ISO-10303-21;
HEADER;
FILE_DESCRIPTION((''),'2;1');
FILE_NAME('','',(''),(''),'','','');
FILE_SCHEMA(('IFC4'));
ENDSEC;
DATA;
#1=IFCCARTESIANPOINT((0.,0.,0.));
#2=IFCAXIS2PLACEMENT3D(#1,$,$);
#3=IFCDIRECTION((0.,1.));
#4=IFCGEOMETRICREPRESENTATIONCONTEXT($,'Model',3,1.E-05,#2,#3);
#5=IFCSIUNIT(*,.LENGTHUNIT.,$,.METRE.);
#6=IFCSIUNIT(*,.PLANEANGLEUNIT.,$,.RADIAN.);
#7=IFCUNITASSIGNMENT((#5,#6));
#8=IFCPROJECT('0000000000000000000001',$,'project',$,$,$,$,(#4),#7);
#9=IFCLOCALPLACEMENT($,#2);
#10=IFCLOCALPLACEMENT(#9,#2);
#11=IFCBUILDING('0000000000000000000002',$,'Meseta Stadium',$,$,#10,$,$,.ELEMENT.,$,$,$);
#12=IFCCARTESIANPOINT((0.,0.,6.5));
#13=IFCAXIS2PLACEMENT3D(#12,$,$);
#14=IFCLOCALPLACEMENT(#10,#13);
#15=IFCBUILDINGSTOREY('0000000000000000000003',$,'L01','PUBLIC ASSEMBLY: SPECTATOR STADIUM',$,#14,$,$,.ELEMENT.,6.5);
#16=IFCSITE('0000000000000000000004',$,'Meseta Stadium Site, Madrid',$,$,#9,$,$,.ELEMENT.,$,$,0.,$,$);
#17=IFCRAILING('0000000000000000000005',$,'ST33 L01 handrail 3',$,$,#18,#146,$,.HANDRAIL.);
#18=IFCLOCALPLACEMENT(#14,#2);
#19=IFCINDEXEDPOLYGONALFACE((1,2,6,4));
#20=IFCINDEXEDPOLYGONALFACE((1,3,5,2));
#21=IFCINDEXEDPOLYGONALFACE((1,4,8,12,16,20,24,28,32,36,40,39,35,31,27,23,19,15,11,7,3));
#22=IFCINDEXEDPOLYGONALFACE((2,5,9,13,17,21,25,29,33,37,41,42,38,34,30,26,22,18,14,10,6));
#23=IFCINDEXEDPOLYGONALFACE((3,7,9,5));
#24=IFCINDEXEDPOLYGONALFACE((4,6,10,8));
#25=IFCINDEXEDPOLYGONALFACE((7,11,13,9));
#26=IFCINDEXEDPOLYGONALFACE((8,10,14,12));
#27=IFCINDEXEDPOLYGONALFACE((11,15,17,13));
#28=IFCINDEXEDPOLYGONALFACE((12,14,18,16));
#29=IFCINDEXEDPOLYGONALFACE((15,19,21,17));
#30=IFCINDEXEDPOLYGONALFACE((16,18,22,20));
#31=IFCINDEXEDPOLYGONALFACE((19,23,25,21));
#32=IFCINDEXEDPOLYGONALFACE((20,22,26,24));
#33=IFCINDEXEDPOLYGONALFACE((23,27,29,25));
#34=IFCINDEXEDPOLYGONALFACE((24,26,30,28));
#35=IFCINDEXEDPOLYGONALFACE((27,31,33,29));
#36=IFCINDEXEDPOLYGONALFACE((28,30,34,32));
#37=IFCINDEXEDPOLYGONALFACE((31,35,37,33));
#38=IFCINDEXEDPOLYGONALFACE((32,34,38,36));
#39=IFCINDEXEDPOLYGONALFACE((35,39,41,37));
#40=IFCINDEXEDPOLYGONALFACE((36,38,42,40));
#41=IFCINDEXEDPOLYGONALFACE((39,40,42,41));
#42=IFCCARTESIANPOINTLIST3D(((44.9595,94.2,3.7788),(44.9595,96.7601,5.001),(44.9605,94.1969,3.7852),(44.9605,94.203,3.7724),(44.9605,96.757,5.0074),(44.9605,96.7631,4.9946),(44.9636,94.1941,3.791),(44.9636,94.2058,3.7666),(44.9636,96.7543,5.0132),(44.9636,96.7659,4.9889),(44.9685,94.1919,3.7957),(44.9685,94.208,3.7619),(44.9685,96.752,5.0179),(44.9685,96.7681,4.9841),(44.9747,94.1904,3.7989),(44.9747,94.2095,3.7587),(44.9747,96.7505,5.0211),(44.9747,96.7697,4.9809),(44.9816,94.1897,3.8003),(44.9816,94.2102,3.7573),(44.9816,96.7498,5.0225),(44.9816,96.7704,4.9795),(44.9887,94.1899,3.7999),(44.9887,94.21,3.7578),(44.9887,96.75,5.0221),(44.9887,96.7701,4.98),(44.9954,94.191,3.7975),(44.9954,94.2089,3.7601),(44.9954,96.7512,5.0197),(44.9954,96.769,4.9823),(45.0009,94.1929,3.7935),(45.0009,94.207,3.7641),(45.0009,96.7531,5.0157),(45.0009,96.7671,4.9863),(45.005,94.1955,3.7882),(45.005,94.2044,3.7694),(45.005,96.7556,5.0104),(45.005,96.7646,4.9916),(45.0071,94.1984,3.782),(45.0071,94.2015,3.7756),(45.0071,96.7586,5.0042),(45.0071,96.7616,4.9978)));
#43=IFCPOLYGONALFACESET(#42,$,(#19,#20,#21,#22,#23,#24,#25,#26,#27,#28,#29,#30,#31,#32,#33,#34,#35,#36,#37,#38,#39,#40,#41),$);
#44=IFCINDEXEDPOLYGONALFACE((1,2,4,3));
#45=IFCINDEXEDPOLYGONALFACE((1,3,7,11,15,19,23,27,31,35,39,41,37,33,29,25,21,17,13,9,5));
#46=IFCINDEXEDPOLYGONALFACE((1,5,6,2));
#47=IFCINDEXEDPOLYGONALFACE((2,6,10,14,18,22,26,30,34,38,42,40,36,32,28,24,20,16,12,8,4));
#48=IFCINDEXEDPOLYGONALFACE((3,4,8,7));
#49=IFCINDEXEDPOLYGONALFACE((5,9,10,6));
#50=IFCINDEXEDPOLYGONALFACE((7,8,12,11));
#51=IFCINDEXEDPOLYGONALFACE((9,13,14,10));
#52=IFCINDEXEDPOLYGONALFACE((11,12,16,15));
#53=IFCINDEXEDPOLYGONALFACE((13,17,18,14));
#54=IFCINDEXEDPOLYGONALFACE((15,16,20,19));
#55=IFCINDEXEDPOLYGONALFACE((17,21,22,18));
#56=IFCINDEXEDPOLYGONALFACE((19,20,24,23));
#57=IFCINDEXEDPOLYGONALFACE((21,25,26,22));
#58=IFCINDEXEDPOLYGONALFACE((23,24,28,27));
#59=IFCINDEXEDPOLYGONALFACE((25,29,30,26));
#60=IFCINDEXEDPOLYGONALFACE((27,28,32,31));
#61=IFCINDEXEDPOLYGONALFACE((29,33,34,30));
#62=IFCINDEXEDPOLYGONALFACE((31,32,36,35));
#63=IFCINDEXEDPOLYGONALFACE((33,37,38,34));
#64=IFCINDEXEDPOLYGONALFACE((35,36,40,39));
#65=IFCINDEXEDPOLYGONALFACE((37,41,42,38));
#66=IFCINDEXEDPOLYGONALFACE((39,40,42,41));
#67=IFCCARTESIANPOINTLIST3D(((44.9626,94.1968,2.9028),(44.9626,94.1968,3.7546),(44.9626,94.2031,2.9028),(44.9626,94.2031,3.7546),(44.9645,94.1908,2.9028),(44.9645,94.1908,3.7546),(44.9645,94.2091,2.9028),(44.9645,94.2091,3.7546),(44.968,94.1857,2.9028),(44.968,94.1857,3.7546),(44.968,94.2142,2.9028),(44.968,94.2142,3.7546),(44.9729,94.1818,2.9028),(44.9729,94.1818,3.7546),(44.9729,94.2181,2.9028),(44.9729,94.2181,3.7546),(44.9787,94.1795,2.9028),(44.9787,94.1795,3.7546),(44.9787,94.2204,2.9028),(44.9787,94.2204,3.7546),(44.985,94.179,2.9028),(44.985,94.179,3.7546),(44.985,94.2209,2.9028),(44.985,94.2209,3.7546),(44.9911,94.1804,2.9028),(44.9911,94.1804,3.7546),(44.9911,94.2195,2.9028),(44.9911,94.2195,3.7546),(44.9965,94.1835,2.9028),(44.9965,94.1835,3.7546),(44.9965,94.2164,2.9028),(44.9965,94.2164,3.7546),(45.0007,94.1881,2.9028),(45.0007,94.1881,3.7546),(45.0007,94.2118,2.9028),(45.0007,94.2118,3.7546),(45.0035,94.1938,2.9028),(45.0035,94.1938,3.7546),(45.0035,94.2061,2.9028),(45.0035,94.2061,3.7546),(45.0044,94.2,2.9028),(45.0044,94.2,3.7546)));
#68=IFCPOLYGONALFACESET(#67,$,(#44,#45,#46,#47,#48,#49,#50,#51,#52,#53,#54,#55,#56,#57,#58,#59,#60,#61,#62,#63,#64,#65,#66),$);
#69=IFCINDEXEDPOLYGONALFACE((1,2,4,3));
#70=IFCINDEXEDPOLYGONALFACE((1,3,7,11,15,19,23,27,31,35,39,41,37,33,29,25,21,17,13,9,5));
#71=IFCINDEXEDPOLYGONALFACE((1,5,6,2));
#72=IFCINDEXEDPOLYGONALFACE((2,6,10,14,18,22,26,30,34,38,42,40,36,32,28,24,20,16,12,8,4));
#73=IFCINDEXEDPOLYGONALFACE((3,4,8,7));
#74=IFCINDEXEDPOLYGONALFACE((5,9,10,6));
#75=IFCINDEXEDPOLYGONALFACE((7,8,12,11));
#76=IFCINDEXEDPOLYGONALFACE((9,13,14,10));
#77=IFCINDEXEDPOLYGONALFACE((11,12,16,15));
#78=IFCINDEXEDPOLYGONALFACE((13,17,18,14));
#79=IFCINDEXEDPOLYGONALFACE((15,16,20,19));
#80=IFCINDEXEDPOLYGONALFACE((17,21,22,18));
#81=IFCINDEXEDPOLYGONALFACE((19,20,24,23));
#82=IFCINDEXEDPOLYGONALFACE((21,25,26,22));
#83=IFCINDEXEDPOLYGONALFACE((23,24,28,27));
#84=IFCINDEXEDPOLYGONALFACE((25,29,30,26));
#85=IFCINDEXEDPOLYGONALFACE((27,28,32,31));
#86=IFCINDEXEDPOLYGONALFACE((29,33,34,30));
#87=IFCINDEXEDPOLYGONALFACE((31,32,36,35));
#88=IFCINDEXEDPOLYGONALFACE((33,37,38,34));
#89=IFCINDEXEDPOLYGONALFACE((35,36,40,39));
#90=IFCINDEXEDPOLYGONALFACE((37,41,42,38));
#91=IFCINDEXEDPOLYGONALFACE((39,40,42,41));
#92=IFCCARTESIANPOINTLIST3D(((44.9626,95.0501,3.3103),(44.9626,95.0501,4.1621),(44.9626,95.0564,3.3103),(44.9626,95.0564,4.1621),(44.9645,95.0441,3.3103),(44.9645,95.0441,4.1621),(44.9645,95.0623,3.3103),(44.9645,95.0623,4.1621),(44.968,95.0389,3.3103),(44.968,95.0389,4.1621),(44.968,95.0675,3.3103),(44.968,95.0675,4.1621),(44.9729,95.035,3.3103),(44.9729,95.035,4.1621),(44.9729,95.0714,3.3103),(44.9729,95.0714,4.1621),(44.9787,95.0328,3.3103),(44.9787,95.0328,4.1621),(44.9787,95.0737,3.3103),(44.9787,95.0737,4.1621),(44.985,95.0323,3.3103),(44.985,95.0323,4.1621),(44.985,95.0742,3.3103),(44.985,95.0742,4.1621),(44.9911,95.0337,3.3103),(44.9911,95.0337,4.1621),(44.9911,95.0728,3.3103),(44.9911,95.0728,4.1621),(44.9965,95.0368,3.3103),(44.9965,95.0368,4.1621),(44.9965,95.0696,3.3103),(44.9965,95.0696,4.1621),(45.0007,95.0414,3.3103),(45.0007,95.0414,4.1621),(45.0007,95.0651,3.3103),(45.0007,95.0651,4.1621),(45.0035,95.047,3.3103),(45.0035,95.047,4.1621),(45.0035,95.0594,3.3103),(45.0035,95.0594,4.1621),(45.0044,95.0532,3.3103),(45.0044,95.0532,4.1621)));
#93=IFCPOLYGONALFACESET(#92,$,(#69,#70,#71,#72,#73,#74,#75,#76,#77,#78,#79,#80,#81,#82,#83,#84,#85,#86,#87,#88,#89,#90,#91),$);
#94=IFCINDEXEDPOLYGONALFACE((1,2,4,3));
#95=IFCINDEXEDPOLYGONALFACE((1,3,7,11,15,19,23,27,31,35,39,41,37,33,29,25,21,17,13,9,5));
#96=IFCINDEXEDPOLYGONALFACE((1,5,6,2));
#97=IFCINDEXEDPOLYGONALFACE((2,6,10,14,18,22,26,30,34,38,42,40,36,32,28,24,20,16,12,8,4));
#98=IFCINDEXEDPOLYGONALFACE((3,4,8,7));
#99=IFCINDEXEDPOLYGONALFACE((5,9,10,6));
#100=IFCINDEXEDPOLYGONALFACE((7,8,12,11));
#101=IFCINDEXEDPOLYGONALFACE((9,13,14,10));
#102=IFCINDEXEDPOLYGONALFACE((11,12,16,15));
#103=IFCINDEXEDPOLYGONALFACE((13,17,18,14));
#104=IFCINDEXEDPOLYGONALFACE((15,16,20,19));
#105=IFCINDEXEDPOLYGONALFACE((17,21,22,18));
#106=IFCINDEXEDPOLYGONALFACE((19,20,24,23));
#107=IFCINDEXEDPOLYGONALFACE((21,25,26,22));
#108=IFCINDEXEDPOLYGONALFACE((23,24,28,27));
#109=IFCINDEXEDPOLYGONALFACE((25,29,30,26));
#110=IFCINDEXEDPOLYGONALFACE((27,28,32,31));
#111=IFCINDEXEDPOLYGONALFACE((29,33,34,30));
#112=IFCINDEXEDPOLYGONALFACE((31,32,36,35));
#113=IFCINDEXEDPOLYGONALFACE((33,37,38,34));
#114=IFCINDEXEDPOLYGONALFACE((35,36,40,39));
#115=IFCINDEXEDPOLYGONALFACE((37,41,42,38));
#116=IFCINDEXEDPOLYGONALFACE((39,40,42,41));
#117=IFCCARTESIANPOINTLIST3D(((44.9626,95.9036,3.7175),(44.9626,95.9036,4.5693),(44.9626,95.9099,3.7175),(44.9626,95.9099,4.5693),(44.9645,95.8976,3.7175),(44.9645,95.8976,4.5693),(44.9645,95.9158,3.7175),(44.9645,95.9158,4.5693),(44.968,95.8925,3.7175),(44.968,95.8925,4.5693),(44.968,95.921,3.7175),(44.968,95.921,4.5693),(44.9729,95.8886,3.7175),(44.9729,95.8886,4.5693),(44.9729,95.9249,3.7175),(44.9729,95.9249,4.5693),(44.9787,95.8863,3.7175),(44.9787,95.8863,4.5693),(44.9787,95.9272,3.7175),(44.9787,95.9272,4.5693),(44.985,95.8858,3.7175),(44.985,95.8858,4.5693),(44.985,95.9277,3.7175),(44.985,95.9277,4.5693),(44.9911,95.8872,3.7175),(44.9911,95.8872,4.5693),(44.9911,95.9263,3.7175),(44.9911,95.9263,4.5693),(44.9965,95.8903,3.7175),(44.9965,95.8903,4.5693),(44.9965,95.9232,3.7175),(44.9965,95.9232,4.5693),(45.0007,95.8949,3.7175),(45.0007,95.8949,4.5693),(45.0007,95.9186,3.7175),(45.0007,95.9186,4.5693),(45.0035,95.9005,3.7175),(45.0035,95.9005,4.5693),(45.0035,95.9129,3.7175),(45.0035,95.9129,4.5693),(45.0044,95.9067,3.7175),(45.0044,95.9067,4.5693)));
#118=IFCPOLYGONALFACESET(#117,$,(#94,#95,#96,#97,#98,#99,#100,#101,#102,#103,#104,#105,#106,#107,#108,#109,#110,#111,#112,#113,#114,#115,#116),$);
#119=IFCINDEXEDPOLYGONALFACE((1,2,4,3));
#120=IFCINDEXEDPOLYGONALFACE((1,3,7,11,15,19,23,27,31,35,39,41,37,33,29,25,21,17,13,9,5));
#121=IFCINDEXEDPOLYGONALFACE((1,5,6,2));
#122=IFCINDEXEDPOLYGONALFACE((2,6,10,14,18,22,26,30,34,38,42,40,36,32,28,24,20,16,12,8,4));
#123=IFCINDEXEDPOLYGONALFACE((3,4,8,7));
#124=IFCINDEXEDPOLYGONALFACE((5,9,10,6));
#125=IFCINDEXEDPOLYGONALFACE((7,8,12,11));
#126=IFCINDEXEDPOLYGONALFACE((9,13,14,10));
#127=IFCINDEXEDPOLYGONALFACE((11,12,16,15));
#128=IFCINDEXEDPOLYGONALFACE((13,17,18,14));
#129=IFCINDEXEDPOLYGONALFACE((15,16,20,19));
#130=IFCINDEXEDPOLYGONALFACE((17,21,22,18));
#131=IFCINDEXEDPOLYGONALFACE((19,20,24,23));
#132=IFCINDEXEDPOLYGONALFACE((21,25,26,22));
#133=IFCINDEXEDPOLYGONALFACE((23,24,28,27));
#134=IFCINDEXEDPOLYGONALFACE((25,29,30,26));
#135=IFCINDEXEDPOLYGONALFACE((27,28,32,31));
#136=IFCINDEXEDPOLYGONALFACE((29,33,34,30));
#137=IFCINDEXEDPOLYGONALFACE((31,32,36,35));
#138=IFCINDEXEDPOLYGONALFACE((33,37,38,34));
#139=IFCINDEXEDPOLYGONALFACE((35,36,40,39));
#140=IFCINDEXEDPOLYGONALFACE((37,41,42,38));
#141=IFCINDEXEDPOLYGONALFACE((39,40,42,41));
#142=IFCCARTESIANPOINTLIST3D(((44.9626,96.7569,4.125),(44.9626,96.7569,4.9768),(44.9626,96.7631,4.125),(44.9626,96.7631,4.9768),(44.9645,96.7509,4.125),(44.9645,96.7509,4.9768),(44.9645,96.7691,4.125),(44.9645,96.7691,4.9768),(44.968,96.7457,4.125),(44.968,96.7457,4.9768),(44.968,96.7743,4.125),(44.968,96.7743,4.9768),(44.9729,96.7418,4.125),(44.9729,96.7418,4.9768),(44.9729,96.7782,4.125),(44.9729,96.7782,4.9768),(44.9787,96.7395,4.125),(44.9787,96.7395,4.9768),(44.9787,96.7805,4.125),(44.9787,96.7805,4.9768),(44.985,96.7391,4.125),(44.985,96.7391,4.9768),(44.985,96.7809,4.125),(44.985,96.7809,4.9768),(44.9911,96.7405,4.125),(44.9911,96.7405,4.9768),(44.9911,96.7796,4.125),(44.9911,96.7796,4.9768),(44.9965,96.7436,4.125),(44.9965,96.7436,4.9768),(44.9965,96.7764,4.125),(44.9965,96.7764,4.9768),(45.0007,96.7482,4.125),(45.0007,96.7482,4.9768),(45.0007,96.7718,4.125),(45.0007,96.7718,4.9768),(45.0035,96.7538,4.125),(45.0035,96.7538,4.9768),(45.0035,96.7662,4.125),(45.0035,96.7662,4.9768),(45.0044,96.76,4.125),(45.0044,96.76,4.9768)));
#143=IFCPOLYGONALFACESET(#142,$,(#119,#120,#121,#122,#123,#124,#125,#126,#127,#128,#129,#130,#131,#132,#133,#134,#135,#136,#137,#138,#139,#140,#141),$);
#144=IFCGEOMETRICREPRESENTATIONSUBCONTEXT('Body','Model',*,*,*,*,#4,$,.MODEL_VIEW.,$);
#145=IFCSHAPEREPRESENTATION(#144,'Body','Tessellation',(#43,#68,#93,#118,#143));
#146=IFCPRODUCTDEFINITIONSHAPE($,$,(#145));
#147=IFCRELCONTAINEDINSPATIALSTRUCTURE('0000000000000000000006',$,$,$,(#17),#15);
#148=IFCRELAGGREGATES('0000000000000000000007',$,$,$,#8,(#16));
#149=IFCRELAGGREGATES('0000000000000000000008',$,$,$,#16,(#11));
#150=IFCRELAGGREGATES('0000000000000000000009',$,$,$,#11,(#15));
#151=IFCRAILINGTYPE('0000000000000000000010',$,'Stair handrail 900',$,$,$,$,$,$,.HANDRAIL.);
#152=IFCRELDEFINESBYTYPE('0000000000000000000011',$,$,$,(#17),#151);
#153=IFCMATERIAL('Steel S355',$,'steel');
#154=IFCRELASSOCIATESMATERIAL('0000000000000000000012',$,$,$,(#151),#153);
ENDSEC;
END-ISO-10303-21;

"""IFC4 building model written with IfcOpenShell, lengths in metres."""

from ifc_helpers import new_model, si_unit, direction, frame, origin, origin_2d, place, context, subcontext, project, spatial, circle, extrude, material, type_object, element, save


model = new_model("IFC4")

# Units and contexts
model_context = context("Model", 3, precision=1e-05, world=origin(), true_north=direction((0.0, 1.0)))
body_context = subcontext(model_context, "Body", "Model", "MODEL_VIEW")
ifc_project = project(units=[si_unit("LENGTHUNIT", "METRE"), si_unit("PLANEANGLEUNIT", "RADIAN")], contexts=[model_context])

# Site, building, storey
site_placement = place(None, origin())
site = spatial("IfcSite", under=ifc_project, at=site_placement, Name="Meseta Stadium Site, Madrid", CompositionType="ELEMENT", RefElevation=0.0)
building_placement = place(site_placement, origin())
building = spatial("IfcBuilding", under=site, at=building_placement, Name="Meseta Stadium", CompositionType="ELEMENT")
storey_placement = place(building_placement, frame((0.0, 0.0, 6.5)))
storey = spatial("IfcBuildingStorey", under=building, at=storey_placement, Name="L01", Description="PUBLIC ASSEMBLY: SPECTATOR STADIUM", CompositionType="ELEMENT", Elevation=6.5)

# Railing
ifc_material_1 = material(Name="Steel S355", Category="steel")
railing_type_1 = type_object("IfcRailingType", Name="Stair handrail 900", PredefinedType="HANDRAIL", material=ifc_material_1)
railing_1_placement = place(storey_placement, frame((44.9834, 94.2, 2.9028)))
element("IfcRailing", 1, at=railing_1_placement, inside=storey, type_object=railing_type_1, Name="ST33 L01 handrail 3", PredefinedType="HANDRAIL", context=body_context, shape_type="SweptSolid", body=[
    extrude(circle(Radius=0.0239, at=origin_2d()), frame((0.0, 0.0, 0.876), z_axis=(0.0, 0.902437, 0.430822), x_axis=(-1.0, 0.0, 0.0)), (0.0, 0.0, 1.0), 2.8369),
    extrude(circle(Radius=0.021, at=origin_2d()), origin(), (0.0, 0.0, 1.0), 0.8518),
    extrude(circle(Radius=0.021, at=origin_2d()), frame((0.0, 0.8533, 0.4075)), (0.0, 0.0, 1.0), 0.8518),
    extrude(circle(Radius=0.021, at=origin_2d()), frame((0.0, 1.7068, 0.8147)), (0.0, 0.0, 1.0), 0.8518),
    extrude(circle(Radius=0.021, at=origin_2d()), frame((0.0, 2.5601, 1.2222)), (0.0, 0.0, 1.0), 0.8518),
])

save(model, "model.ifc")
